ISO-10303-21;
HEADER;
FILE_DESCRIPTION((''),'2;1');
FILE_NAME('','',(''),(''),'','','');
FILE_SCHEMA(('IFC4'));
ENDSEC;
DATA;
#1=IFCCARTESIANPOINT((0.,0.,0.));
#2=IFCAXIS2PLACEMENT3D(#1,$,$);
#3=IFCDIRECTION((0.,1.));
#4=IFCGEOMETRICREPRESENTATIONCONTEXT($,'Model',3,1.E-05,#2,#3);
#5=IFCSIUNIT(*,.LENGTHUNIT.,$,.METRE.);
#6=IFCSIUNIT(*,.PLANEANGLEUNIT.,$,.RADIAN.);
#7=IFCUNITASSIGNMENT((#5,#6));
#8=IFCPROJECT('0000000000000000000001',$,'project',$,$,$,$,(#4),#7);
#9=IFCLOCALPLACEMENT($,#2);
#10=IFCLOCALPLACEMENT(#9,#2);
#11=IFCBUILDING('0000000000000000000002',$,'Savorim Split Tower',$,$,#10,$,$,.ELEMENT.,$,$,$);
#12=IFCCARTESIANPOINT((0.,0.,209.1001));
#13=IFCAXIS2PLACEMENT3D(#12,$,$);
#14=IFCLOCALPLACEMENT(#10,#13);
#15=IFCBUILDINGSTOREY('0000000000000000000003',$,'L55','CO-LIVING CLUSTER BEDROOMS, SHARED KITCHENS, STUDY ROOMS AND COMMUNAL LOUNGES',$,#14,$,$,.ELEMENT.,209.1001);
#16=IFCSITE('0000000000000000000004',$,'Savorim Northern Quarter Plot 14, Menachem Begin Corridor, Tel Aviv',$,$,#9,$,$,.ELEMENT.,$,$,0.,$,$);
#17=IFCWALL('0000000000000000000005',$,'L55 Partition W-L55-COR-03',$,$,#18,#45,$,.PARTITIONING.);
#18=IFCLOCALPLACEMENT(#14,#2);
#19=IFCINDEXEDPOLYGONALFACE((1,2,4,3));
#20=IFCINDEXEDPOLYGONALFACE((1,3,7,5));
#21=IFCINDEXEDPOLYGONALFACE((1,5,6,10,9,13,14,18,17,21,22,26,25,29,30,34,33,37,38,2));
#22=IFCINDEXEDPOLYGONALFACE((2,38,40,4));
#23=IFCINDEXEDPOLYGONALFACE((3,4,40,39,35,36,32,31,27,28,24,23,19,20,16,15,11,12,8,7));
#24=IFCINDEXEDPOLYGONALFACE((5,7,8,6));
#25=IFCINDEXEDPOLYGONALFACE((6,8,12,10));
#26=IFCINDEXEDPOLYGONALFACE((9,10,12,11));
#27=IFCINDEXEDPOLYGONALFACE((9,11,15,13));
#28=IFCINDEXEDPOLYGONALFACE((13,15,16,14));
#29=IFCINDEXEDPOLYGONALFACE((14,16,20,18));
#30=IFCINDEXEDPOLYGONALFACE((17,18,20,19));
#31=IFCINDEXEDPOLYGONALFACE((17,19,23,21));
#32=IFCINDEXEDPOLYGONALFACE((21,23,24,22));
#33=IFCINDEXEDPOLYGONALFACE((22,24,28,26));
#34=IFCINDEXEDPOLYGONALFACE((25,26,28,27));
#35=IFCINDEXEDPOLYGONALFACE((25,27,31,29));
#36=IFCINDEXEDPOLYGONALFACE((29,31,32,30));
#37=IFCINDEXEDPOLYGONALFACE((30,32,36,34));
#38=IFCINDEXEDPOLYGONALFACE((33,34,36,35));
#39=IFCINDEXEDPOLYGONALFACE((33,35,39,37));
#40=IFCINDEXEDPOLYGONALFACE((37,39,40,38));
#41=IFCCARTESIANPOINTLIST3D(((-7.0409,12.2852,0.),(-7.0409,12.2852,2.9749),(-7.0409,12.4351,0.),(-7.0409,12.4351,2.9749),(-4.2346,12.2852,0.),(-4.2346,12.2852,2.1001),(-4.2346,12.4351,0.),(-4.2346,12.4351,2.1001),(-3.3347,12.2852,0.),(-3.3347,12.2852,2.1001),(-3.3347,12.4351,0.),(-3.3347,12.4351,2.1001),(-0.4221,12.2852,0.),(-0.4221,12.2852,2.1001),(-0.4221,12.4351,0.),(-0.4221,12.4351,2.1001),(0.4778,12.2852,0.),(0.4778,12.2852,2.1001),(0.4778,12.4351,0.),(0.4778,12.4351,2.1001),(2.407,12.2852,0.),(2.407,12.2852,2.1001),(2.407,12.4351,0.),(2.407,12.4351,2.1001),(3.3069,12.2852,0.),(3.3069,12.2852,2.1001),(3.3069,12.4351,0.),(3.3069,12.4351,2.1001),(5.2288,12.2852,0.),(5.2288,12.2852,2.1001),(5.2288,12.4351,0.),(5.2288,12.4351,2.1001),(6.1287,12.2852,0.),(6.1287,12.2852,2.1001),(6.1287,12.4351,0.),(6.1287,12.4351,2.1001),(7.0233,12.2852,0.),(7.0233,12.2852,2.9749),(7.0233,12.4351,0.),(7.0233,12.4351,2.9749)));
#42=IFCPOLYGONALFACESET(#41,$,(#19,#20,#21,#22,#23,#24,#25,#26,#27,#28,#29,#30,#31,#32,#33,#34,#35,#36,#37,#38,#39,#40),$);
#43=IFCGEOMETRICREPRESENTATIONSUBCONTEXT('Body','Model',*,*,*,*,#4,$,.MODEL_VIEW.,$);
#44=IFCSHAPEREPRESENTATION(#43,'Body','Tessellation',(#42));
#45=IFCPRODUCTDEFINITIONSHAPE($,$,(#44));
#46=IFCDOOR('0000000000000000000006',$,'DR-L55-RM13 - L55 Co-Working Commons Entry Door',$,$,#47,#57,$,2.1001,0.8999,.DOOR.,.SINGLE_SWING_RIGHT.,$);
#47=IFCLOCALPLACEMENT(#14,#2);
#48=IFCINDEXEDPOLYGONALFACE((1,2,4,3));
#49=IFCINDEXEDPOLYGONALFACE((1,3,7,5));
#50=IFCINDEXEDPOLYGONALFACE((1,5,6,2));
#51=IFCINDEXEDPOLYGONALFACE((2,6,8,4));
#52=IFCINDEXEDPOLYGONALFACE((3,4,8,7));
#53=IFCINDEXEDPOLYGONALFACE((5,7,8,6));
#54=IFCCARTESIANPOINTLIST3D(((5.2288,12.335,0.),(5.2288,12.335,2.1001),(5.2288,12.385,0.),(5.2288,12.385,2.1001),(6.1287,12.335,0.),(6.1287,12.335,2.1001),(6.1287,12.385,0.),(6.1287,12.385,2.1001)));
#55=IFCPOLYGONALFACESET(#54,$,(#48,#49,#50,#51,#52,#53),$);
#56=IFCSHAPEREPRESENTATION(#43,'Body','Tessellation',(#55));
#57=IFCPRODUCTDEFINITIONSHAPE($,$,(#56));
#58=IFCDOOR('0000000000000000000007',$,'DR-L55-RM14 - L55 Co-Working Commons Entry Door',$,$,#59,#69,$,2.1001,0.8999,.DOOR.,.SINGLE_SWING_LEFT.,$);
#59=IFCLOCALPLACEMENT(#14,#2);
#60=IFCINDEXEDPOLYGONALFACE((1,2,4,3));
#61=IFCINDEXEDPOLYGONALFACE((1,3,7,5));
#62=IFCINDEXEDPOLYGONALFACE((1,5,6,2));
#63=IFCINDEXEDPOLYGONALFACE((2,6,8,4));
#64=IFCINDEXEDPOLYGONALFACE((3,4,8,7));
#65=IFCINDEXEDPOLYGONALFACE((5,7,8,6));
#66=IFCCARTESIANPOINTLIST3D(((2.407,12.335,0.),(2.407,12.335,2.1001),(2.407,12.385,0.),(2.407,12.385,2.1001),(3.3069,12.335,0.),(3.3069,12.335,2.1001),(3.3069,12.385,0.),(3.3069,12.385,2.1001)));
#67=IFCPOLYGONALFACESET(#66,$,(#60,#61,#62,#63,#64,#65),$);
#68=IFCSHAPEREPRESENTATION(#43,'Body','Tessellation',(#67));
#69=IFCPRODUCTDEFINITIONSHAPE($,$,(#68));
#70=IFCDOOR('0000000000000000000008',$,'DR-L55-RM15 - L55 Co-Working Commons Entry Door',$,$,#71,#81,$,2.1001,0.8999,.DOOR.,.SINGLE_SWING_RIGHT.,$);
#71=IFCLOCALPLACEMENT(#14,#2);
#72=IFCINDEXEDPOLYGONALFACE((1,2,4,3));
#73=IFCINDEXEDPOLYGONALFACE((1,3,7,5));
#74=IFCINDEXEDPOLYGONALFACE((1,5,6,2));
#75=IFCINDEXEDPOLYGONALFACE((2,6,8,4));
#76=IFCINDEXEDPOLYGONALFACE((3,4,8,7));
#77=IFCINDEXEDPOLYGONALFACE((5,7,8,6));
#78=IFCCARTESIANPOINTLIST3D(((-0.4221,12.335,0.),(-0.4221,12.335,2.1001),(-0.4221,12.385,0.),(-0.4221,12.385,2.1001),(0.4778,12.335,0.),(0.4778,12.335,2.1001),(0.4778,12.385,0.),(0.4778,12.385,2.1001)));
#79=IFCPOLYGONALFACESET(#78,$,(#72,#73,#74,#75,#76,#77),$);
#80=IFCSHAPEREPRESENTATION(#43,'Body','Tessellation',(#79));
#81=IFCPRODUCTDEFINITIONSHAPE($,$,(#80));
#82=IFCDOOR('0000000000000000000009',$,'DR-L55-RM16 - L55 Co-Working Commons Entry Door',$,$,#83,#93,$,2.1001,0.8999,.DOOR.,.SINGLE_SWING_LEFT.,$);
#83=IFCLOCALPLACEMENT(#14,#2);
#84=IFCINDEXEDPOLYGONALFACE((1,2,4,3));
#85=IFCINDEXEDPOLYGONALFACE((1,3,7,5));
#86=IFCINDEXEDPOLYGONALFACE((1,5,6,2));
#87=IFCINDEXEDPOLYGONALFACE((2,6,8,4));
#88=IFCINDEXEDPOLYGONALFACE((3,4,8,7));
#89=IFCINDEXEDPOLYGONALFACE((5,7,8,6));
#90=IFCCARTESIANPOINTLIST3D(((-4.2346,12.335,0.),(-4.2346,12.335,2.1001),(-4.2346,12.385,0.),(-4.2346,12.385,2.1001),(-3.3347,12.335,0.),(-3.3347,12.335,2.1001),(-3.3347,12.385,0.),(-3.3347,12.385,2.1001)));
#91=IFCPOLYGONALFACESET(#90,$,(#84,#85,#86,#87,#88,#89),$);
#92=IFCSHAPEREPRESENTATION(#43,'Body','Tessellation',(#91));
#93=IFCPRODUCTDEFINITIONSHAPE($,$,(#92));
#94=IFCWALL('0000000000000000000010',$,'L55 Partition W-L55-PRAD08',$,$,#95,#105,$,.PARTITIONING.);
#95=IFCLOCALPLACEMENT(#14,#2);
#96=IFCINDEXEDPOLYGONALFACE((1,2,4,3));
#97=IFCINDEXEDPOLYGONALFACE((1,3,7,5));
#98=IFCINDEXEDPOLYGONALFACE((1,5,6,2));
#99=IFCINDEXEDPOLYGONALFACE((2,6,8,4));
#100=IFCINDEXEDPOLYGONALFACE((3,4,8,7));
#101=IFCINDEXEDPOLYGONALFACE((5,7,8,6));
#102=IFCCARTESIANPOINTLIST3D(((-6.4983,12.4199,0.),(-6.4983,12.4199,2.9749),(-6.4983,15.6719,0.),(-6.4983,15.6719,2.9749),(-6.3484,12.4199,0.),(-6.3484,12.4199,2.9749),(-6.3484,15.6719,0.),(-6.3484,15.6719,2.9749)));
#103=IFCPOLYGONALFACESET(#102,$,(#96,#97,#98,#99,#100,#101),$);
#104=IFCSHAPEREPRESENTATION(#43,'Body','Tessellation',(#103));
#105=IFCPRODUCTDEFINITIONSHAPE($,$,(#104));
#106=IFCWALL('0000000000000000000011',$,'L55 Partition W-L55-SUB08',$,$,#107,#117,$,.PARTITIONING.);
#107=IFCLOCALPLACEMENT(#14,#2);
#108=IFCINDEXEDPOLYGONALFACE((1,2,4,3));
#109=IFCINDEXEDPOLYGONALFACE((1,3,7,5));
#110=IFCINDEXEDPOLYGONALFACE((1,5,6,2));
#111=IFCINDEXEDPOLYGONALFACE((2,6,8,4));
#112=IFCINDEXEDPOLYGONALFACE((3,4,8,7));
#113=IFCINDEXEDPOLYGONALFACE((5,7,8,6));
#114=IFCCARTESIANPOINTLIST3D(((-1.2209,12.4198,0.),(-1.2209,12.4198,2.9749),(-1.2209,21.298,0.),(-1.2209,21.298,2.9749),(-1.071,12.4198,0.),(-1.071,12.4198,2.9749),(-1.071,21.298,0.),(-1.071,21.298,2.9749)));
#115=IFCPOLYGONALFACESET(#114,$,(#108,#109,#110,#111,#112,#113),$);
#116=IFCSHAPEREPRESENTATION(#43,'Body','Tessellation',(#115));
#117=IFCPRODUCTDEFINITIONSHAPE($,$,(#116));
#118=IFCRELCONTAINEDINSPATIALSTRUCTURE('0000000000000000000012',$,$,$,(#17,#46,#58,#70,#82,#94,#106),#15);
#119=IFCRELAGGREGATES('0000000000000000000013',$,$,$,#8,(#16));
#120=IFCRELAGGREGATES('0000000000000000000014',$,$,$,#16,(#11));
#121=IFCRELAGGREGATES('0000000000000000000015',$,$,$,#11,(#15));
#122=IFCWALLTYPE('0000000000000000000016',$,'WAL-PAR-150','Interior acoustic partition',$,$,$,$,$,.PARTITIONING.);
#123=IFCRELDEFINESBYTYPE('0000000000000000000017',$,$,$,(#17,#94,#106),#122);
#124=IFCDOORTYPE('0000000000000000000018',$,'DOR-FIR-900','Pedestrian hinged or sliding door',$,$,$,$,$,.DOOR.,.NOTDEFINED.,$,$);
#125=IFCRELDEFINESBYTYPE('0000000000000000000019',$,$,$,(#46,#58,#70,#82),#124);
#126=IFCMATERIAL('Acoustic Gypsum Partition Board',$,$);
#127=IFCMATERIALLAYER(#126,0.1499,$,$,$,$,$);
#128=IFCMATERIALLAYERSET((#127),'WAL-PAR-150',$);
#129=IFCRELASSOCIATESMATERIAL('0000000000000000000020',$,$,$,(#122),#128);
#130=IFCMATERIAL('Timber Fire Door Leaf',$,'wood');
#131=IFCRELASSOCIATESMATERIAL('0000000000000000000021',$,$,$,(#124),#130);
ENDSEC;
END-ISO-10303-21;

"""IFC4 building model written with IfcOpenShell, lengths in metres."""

from ifc_helpers import new_model, si_unit, direction, frame, frame_2d, origin, place, context, subcontext, project, spatial, rectangle, extrude, material, layer, layer_set, type_object, element, fill, save


model = new_model("IFC4")

# Units and contexts
model_context = context("Model", 3, precision=1e-05, world=origin(), true_north=direction((0.0, 1.0)))
body_context = subcontext(model_context, "Body", "Model", "MODEL_VIEW")
ifc_project = project(units=[si_unit("LENGTHUNIT", "METRE"), si_unit("PLANEANGLEUNIT", "RADIAN")], contexts=[model_context])

# Site, building, storey
site_placement = place(None, origin())
site = spatial("IfcSite", under=ifc_project, at=site_placement, Name="Savorim Northern Quarter Plot 14, Menachem Begin Corridor, Tel Aviv", CompositionType="ELEMENT", RefElevation=0.0)
building_placement = place(site_placement, origin())
building = spatial("IfcBuilding", under=site, at=building_placement, Name="Savorim Split Tower", CompositionType="ELEMENT")
storey_placement = place(building_placement, frame((0.0, 0.0, 209.1001)))
storey = spatial("IfcBuildingStorey", under=building, at=storey_placement, Name="L55", Description="CO-LIVING CLUSTER BEDROOMS, SHARED KITCHENS, STUDY ROOMS AND COMMUNAL LOUNGES", CompositionType="ELEMENT", Elevation=209.1001)

# Shared definitions
ifc_material_1 = material(Name="Acoustic Gypsum Partition Board")
ifc_layer_1 = layer(ifc_material_1, 0.1499)
ifc_layer_set_1 = layer_set([ifc_layer_1], Name="WAL-PAR-150")
wall_type_1 = type_object("IfcWallType", Name="WAL-PAR-150", Description="Interior acoustic partition", PredefinedType="PARTITIONING", material=ifc_layer_set_1)

# Wall, openings, doors
wall_1_placement = place(storey_placement, frame((-7.041, 12.3601, 0.0), z_axis=(0.0, 0.0, 1.0), x_axis=(1.0, 0.0, 0.0)))
wall_1 = element("IfcWall", 1, at=wall_1_placement, inside=storey, type_object=wall_type_1, Name="L55 Partition W-L55-COR-03", PredefinedType="PARTITIONING", context=body_context, shape_type="SweptSolid", body=[
    extrude(rectangle(XDim=14.0642, YDim=0.1499, at=frame_2d((7.0322, 0.0))), origin(), (0.0, 0.0, 1.0), 2.9749),
])
opening_1_placement = place(wall_1_placement, frame((12.2698, 0.0, 0.0)))
opening_1 = element("IfcOpeningElement", 2, at=opening_1_placement, cuts=wall_1, PredefinedType="OPENING", context=body_context, shape_type="SweptSolid", body=[
    extrude(rectangle(XDim=0.8999, YDim=2.1001, at=frame_2d((0.45, 1.05))), frame((0.0, 0.085, 0.0), z_axis=(0.0, -1.0, 0.0), x_axis=(1.0, 0.0, 0.0)), (0.0, 0.0, 1.0), 0.1699),
])
opening_2_placement = place(wall_1_placement, frame((9.448, 0.0, 0.0)))
opening_2 = element("IfcOpeningElement", 3, at=opening_2_placement, cuts=wall_1, PredefinedType="OPENING", context=body_context, shape_type="SweptSolid", body=[
    extrude(rectangle(XDim=0.8999, YDim=2.1001, at=frame_2d((0.45, 1.05))), frame((0.0, 0.085, 0.0), z_axis=(0.0, -1.0, 0.0), x_axis=(1.0, 0.0, 0.0)), (0.0, 0.0, 1.0), 0.1699),
])
opening_3_placement = place(wall_1_placement, frame((6.6189, 0.0, 0.0)))
opening_3 = element("IfcOpeningElement", 4, at=opening_3_placement, cuts=wall_1, PredefinedType="OPENING", context=body_context, shape_type="SweptSolid", body=[
    extrude(rectangle(XDim=0.8999, YDim=2.1001, at=frame_2d((0.45, 1.05))), frame((0.0, 0.085, 0.0), z_axis=(0.0, -1.0, 0.0), x_axis=(1.0, 0.0, 0.0)), (0.0, 0.0, 1.0), 0.1699),
])
opening_4_placement = place(wall_1_placement, frame((2.8064, 0.0, 0.0)))
opening_4 = element("IfcOpeningElement", 5, at=opening_4_placement, cuts=wall_1, PredefinedType="OPENING", context=body_context, shape_type="SweptSolid", body=[
    extrude(rectangle(XDim=0.8999, YDim=2.1001, at=frame_2d((0.45, 1.05))), frame((0.0, 0.085, 0.0), z_axis=(0.0, -1.0, 0.0), x_axis=(1.0, 0.0, 0.0)), (0.0, 0.0, 1.0), 0.1699),
])
ifc_material_2 = material(Name="Timber Fire Door Leaf", Category="wood")
door_type_1 = type_object("IfcDoorType", Name="DOR-FIR-900", Description="Pedestrian hinged or sliding door", OperationType="NOTDEFINED", PredefinedType="DOOR", material=ifc_material_2)
door_1_placement = place(opening_1_placement, origin())
door_1 = element("IfcDoor", 6, at=door_1_placement, inside=storey, type_object=door_type_1, Name="DR-L55-RM13 - L55 Co-Working Commons Entry Door", OperationType="SINGLE_SWING_RIGHT", OverallHeight=2.1001, OverallWidth=0.8999, PredefinedType="DOOR", context=body_context, shape_type="SweptSolid", body=[
    extrude(rectangle(XDim=0.8999, YDim=2.1001, at=frame_2d((0.45, 1.05))), frame((0.0, 0.0249, 0.0), z_axis=(0.0, -1.0, 0.0), x_axis=(1.0, 0.0, 0.0)), (0.0, 0.0, 1.0), 0.05),
])
fill(opening_1, door_1)
door_2_placement = place(opening_2_placement, origin())
door_2 = element("IfcDoor", 7, at=door_2_placement, inside=storey, type_object=door_type_1, Name="DR-L55-RM14 - L55 Co-Working Commons Entry Door", OperationType="SINGLE_SWING_LEFT", OverallHeight=2.1001, OverallWidth=0.8999, PredefinedType="DOOR", context=body_context, shape_type="SweptSolid", body=[
    extrude(rectangle(XDim=0.8999, YDim=2.1001, at=frame_2d((0.45, 1.05))), frame((0.0, 0.0249, 0.0), z_axis=(0.0, -1.0, 0.0), x_axis=(1.0, 0.0, 0.0)), (0.0, 0.0, 1.0), 0.05),
])
fill(opening_2, door_2)
door_3_placement = place(opening_3_placement, origin())
door_3 = element("IfcDoor", 8, at=door_3_placement, inside=storey, type_object=door_type_1, Name="DR-L55-RM15 - L55 Co-Working Commons Entry Door", OperationType="SINGLE_SWING_RIGHT", OverallHeight=2.1001, OverallWidth=0.8999, PredefinedType="DOOR", context=body_context, shape_type="SweptSolid", body=[
    extrude(rectangle(XDim=0.8999, YDim=2.1001, at=frame_2d((0.45, 1.05))), frame((0.0, 0.0249, 0.0), z_axis=(0.0, -1.0, 0.0), x_axis=(1.0, 0.0, 0.0)), (0.0, 0.0, 1.0), 0.05),
])
fill(opening_3, door_3)
door_4_placement = place(opening_4_placement, origin())
door_4 = element("IfcDoor", 9, at=door_4_placement, inside=storey, type_object=door_type_1, Name="DR-L55-RM16 - L55 Co-Working Commons Entry Door", OperationType="SINGLE_SWING_LEFT", OverallHeight=2.1001, OverallWidth=0.8999, PredefinedType="DOOR", context=body_context, shape_type="SweptSolid", body=[
    extrude(rectangle(XDim=0.8999, YDim=2.1001, at=frame_2d((0.45, 1.05))), frame((0.0, 0.0249, 0.0), z_axis=(0.0, -1.0, 0.0), x_axis=(1.0, 0.0, 0.0)), (0.0, 0.0, 1.0), 0.05),
])
fill(opening_4, door_4)

# Walls
wall_2_placement = place(storey_placement, frame((-6.4233, 12.4199, 0.0), z_axis=(0.0, 0.0, 1.0), x_axis=(0.0, 1.0, 0.0)))
element("IfcWall", 10, at=wall_2_placement, inside=storey, type_object=wall_type_1, Name="L55 Partition W-L55-PRAD08", PredefinedType="PARTITIONING", context=body_context, shape_type="SweptSolid", body=[
    extrude(rectangle(XDim=3.252, YDim=0.1499, at=frame_2d((1.626, 0.0))), origin(), (0.0, 0.0, 1.0), 2.9749),
])
wall_3_placement = place(storey_placement, frame((-1.146, 12.4199, 0.0), z_axis=(0.0, 0.0, 1.0), x_axis=(0.0, 1.0, 0.0)))
element("IfcWall", 11, at=wall_3_placement, inside=storey, type_object=wall_type_1, Name="L55 Partition W-L55-SUB08", PredefinedType="PARTITIONING", context=body_context, shape_type="SweptSolid", body=[
    extrude(rectangle(XDim=8.8782, YDim=0.1499, at=frame_2d((4.439, 0.0))), origin(), (0.0, 0.0, 1.0), 2.9749),
])

save(model, "model.ifc")
